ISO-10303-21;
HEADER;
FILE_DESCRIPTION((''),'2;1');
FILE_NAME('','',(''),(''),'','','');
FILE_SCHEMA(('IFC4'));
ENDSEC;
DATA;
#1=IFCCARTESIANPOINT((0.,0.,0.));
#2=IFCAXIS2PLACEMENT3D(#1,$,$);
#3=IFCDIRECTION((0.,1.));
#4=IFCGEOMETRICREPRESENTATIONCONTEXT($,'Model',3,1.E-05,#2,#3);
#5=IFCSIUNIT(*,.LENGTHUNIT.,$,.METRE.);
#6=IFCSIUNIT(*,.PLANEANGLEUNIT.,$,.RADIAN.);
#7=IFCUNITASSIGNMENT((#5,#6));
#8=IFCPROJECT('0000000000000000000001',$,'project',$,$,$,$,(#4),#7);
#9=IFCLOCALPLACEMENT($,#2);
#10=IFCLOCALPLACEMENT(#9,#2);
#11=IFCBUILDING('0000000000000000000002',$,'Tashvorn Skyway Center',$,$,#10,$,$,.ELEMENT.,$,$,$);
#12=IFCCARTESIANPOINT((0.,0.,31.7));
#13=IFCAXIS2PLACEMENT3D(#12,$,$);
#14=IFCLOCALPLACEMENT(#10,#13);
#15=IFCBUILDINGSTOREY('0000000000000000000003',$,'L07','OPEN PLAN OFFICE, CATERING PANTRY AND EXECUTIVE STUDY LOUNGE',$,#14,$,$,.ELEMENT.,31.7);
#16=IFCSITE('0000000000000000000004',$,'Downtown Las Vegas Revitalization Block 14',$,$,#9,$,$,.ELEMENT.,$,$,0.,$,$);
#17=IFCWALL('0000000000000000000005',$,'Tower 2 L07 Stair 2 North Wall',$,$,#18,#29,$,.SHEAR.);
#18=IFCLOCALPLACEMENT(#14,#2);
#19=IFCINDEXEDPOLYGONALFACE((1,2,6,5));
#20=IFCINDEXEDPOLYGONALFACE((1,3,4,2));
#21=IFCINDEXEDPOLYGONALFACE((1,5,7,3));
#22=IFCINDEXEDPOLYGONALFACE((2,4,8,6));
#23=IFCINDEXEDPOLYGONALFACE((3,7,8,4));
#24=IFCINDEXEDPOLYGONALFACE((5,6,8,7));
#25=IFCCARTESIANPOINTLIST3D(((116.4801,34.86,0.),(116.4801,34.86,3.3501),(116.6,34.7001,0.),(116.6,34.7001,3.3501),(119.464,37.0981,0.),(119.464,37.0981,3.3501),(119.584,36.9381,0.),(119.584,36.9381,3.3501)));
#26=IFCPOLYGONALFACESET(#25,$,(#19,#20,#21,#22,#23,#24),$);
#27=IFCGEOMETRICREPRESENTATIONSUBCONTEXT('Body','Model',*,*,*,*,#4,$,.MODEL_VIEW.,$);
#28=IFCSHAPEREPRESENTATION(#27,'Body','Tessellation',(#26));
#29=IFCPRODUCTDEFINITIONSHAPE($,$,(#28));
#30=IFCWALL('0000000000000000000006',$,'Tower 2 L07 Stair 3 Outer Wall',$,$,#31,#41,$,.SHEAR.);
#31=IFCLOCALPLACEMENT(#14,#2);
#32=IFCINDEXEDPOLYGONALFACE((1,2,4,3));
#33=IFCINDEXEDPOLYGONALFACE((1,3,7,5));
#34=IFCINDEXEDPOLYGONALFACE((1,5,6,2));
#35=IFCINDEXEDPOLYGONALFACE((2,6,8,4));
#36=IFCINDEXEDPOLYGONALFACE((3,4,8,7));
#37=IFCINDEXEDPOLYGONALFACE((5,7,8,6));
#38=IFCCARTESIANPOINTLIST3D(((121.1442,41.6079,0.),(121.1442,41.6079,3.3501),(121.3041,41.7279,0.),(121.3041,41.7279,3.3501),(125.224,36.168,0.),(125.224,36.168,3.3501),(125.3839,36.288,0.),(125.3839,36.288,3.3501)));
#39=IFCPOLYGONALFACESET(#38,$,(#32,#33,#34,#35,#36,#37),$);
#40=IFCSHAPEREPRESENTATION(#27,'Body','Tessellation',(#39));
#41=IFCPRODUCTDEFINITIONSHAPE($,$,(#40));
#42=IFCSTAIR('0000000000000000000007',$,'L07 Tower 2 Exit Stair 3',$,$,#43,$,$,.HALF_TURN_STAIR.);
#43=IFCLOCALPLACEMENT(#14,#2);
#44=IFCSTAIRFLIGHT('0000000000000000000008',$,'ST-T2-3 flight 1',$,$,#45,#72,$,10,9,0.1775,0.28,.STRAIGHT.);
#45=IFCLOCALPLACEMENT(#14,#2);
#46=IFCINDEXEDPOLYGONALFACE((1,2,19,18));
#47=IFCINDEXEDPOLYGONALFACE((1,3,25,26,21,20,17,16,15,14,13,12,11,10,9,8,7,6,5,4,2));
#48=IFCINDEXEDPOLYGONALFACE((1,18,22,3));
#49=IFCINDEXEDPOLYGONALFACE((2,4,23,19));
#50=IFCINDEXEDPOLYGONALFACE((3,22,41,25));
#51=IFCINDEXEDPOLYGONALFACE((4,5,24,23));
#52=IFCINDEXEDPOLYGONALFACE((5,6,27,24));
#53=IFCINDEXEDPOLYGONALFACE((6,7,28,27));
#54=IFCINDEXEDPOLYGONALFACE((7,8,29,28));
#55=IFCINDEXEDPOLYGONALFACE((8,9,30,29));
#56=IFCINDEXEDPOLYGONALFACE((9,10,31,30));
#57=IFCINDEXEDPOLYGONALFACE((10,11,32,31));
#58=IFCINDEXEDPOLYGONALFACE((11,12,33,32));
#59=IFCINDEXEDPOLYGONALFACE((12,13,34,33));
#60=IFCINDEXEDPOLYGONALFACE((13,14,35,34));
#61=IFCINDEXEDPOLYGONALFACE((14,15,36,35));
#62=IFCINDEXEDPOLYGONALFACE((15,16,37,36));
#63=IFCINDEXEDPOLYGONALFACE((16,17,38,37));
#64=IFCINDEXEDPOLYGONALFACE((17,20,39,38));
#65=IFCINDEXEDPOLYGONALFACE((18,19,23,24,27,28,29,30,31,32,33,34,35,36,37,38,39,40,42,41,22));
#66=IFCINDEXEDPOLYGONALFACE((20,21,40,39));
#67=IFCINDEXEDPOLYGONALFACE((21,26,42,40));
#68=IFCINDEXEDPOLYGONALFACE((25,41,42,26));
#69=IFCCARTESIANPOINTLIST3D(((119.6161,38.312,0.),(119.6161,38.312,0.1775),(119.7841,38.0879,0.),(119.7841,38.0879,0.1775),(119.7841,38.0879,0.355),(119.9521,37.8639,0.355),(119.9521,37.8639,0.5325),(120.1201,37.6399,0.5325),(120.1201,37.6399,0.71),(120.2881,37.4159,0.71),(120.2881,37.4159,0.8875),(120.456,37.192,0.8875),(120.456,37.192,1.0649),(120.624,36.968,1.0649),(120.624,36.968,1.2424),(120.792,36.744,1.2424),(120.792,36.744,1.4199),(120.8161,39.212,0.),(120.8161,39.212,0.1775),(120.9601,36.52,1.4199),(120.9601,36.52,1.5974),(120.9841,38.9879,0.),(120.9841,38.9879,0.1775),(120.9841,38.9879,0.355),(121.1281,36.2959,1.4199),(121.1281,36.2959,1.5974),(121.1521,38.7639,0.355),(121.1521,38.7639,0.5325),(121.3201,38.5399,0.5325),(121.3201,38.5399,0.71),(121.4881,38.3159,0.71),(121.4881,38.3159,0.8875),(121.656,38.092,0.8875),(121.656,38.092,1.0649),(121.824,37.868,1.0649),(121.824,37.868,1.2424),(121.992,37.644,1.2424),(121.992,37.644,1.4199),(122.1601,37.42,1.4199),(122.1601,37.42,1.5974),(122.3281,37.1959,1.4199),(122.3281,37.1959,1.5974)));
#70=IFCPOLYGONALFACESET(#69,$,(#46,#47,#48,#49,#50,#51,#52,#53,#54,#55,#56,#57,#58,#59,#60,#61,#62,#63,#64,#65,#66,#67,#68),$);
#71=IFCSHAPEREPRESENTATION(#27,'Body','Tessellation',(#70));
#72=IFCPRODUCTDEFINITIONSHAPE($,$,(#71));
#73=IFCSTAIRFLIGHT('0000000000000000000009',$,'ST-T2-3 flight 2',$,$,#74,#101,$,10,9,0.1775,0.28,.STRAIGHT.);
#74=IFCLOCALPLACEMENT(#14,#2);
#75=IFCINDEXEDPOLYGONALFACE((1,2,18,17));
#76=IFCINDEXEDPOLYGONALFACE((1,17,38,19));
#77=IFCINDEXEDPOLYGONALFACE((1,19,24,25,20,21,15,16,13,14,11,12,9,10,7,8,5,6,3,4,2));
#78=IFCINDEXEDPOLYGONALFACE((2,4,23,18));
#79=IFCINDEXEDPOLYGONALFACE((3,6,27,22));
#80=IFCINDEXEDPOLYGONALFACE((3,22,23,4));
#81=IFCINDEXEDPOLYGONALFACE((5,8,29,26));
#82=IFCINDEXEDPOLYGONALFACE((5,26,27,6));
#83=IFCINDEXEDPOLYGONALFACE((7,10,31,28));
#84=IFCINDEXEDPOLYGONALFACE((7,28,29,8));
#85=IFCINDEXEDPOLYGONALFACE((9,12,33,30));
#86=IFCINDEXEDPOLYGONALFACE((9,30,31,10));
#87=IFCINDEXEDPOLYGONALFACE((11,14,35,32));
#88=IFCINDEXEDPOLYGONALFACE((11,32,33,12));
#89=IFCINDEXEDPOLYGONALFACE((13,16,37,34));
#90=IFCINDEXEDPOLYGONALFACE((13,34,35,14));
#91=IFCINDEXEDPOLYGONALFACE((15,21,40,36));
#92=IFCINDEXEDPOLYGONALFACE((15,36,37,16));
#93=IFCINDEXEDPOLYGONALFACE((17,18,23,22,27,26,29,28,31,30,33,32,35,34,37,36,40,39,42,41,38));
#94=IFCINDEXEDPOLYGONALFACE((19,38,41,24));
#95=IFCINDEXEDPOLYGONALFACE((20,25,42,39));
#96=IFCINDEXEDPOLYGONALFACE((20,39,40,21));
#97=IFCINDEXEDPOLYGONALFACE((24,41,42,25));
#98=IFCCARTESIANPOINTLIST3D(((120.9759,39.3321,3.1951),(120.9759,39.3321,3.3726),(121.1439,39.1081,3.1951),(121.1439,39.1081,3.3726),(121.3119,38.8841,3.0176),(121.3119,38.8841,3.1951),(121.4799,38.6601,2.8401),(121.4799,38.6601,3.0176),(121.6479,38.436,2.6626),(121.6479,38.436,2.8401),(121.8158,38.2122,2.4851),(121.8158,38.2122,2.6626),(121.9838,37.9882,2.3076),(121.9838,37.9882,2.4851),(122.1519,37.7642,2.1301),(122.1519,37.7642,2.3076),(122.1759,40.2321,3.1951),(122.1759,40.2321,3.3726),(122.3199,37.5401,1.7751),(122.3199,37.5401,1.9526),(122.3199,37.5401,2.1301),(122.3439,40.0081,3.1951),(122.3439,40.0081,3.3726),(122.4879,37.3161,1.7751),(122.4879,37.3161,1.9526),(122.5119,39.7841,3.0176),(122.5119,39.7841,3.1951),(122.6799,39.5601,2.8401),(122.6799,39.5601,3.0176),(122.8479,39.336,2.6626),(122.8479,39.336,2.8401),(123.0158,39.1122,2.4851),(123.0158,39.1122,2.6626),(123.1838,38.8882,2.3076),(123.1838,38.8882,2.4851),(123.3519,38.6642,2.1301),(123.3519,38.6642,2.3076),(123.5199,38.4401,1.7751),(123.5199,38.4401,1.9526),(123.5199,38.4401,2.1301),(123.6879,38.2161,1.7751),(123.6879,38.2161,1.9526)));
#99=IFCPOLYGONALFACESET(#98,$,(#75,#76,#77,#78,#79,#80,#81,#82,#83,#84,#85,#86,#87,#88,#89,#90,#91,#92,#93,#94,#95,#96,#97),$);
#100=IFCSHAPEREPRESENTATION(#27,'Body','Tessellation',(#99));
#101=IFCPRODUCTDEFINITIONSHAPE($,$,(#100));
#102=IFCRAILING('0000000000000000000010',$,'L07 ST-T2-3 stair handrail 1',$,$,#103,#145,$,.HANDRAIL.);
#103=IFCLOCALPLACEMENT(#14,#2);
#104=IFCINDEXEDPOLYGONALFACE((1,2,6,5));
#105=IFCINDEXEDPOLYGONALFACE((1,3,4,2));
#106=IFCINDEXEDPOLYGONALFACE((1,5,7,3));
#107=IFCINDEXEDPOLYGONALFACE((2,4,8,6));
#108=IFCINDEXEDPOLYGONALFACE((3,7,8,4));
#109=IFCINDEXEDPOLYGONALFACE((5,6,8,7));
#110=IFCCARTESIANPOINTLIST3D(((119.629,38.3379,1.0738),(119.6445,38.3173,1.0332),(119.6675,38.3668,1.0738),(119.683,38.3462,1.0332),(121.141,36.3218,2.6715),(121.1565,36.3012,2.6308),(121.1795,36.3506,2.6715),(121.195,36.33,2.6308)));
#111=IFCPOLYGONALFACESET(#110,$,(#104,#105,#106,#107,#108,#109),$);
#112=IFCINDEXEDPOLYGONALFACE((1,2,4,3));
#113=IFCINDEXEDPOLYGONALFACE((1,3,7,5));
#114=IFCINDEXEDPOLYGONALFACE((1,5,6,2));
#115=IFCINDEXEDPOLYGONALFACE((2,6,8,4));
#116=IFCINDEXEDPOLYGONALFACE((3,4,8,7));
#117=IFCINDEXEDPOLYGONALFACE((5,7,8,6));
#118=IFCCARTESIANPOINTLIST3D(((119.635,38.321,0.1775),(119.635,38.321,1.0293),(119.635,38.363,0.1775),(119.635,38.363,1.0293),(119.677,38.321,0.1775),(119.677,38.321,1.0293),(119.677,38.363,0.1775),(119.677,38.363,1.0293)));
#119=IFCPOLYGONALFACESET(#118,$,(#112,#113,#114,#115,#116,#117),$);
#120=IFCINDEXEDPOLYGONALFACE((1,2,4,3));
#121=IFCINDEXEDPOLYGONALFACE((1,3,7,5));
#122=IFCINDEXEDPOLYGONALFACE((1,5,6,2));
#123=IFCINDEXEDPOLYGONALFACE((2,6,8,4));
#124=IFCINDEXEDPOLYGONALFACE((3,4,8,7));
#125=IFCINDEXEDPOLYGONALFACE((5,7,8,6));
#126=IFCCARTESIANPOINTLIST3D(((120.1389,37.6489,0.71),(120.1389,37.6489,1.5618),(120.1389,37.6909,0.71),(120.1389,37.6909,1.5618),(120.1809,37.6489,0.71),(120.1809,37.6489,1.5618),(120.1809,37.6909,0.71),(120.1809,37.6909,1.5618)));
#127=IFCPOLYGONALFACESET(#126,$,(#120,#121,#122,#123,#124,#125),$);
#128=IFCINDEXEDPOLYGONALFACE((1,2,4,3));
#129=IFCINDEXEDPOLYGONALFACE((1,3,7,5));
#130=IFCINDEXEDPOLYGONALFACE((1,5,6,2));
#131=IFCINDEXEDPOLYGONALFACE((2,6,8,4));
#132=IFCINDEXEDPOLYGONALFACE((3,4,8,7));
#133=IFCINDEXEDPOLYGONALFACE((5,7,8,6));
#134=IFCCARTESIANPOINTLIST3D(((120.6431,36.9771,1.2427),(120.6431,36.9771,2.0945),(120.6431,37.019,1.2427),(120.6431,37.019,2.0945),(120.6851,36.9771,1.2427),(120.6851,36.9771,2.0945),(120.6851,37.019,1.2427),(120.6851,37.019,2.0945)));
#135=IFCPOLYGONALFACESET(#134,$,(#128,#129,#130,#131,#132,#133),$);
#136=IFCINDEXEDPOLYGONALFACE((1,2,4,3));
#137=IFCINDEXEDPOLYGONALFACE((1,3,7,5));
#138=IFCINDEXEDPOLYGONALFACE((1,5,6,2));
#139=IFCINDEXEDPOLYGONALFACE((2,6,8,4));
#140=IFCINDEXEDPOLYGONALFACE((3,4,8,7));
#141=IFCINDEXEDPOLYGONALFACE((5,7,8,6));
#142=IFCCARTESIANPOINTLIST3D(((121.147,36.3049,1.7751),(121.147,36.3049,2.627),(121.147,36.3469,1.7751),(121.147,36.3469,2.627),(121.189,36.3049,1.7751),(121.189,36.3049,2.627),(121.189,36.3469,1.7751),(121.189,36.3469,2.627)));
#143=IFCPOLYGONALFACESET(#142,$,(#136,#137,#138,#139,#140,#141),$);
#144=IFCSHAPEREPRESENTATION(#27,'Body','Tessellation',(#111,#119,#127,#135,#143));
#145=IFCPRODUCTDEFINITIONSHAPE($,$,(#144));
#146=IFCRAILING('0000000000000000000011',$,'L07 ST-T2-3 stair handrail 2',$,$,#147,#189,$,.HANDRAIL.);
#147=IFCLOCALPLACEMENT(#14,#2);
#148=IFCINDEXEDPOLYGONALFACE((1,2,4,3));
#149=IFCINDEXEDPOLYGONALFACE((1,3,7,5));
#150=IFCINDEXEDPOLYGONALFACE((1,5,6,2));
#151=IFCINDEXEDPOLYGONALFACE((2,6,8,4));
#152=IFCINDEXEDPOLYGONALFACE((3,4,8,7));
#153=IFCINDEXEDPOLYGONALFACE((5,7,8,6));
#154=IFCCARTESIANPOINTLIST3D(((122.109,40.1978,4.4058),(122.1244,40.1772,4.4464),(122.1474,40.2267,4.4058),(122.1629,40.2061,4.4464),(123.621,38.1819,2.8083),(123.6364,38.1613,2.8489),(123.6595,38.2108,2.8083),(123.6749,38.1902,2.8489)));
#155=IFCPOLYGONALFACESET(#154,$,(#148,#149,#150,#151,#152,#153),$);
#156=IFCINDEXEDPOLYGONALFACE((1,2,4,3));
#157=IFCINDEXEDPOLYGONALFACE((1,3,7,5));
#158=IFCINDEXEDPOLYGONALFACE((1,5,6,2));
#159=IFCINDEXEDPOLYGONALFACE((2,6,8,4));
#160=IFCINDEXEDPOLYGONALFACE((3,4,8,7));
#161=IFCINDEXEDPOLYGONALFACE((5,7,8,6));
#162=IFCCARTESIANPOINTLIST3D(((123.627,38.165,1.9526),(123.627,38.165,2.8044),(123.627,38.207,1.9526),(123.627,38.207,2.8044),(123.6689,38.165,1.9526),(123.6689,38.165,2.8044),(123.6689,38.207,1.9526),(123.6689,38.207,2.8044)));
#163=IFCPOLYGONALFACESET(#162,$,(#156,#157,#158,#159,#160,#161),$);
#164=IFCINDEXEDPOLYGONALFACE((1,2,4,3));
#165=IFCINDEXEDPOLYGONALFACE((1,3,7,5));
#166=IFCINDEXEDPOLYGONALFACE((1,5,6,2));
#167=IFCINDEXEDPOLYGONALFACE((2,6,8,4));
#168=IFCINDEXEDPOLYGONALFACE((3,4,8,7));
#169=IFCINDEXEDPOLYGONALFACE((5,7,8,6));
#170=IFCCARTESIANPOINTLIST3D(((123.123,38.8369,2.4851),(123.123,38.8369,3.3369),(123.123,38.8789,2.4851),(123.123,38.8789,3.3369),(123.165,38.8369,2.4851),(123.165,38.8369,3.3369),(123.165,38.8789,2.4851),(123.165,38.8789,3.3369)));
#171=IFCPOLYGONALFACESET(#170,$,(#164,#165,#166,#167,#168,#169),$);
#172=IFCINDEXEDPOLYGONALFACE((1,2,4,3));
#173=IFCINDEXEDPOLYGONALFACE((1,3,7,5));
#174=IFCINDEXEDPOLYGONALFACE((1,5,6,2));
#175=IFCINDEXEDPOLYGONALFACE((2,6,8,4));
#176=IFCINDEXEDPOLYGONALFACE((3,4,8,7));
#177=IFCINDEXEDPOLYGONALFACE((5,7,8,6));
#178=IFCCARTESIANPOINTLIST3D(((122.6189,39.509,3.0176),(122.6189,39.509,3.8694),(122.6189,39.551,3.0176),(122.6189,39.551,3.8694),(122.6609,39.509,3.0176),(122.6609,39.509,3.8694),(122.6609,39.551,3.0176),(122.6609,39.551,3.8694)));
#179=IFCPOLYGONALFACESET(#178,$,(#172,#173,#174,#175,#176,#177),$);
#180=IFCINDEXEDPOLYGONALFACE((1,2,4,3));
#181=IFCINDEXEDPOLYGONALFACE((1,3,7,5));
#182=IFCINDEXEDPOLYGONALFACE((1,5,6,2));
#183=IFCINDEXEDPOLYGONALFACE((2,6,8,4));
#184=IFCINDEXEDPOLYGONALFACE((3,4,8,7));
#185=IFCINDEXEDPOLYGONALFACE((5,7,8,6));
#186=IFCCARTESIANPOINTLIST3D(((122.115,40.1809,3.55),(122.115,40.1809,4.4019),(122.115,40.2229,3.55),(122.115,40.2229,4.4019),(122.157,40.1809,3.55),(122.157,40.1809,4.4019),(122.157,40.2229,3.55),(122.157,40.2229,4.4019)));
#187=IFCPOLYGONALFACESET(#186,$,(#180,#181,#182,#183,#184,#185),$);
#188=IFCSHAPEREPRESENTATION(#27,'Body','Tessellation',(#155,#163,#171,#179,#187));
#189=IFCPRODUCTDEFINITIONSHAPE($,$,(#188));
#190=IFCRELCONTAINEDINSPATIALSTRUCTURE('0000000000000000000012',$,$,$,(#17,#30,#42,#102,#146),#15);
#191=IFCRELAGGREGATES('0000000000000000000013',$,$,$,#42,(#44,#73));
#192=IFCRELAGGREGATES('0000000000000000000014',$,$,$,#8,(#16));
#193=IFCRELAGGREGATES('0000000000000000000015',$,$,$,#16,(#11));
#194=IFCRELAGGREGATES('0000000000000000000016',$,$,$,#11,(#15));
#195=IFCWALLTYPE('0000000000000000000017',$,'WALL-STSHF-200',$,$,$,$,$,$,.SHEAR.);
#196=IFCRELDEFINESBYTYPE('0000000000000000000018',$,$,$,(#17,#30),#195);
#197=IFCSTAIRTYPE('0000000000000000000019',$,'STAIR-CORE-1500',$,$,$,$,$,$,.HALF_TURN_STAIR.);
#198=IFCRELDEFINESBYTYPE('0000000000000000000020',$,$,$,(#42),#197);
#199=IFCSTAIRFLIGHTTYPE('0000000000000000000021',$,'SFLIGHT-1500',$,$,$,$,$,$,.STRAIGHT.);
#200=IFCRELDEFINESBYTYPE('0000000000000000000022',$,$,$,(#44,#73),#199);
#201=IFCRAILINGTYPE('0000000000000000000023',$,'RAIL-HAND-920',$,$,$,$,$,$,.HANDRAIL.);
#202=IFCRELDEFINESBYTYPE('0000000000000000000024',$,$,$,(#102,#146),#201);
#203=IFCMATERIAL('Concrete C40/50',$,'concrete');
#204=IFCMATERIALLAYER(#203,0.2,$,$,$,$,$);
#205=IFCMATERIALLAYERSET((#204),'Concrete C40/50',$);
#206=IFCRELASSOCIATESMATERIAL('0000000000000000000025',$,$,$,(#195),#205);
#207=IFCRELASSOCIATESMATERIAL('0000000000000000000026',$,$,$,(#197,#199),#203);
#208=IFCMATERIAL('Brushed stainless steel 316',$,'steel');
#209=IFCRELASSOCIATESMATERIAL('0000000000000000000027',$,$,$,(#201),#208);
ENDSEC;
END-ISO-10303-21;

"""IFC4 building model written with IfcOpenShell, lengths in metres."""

from ifc_helpers import new_model, si_unit, direction, frame, frame_2d, origin, origin_2d, place, context, subcontext, project, spatial, polyline, rectangle, outline, extrude, material, layer, layer_set, type_object, element, aggregate, save


model = new_model("IFC4")

# Units and contexts
model_context = context("Model", 3, precision=1e-05, world=origin(), true_north=direction((0.0, 1.0)))
body_context = subcontext(model_context, "Body", "Model", "MODEL_VIEW")
ifc_project = project(units=[si_unit("LENGTHUNIT", "METRE"), si_unit("PLANEANGLEUNIT", "RADIAN")], contexts=[model_context])

# Site, building, storey
site_placement = place(None, origin())
site = spatial("IfcSite", under=ifc_project, at=site_placement, Name="Downtown Las Vegas Revitalization Block 14", CompositionType="ELEMENT", RefElevation=0.0)
building_placement = place(site_placement, origin())
building = spatial("IfcBuilding", under=site, at=building_placement, Name="Tashvorn Skyway Center", CompositionType="ELEMENT")
storey_placement = place(building_placement, frame((0.0, 0.0, 31.7)))
storey = spatial("IfcBuildingStorey", under=building, at=storey_placement, Name="L07", Description="OPEN PLAN OFFICE, CATERING PANTRY AND EXECUTIVE STUDY LOUNGE", CompositionType="ELEMENT", Elevation=31.7)

# Shared definitions
ifc_material_1 = material(Name="Concrete C40/50", Category="concrete")

# Shared definitions
ifc_layer_1 = layer(ifc_material_1, 0.2)
ifc_layer_set_1 = layer_set([ifc_layer_1], Name="Concrete C40/50")
wall_type_1 = type_object("IfcWallType", Name="WALL-STSHF-200", PredefinedType="SHEAR", material=ifc_layer_set_1)

# Walls
wall_1_placement = place(storey_placement, frame((116.54, 34.78, 0.0), z_axis=(0.0, 0.0, 1.0), x_axis=(0.799984, 0.600021, 0.0)))
element("IfcWall", 1, at=wall_1_placement, inside=storey, type_object=wall_type_1, Name="Tower 2 L07 Stair 2 North Wall", PredefinedType="SHEAR", context=body_context, shape_type="SweptSolid", body=[
    extrude(rectangle(XDim=3.73, YDim=0.2, at=frame_2d((1.865, 0.0))), origin(), (0.0, 0.0, 1.0), 3.3501),
])
wall_2_placement = place(storey_placement, frame((125.304, 36.228, 0.0), z_axis=(0.0, 0.0, 1.0), x_axis=(-0.599989, 0.800009, 0.0)))
element("IfcWall", 2, at=wall_2_placement, inside=storey, type_object=wall_type_1, Name="Tower 2 L07 Stair 3 Outer Wall", PredefinedType="SHEAR", context=body_context, shape_type="SweptSolid", body=[
    extrude(rectangle(XDim=6.7998, YDim=0.2, at=frame_2d((3.3999, 0.0))), origin(), (0.0, 0.0, 1.0), 3.3501),
])

# Stair, stair flights
stair_type = type_object("IfcStairType", Name="STAIR-CORE-1500", PredefinedType="HALF_TURN_STAIR", material=ifc_material_1)
stair_placement = place(storey_placement, origin())
stair = element("IfcStair", 3, at=stair_placement, inside=storey, type_object=stair_type, Name="L07 Tower 2 Exit Stair 3", PredefinedType="HALF_TURN_STAIR")
stair_flight_type = type_object("IfcStairFlightType", Name="SFLIGHT-1500", PredefinedType="STRAIGHT", material=ifc_material_1)
stair_flight_1_placement = place(storey_placement, frame((120.2161, 38.762, 0.0), z_axis=(0.0, 0.0, 1.0), x_axis=(0.6, -0.8, 0.0)))
stair_flight_1 = element("IfcStairFlight", 4, at=stair_flight_1_placement, type_object=stair_flight_type, Name="ST-T2-3 flight 1", NumberOfRisers=10, NumberOfTreads=9, PredefinedType="STRAIGHT", RiserHeight=0.1775, TreadLength=0.28, context=body_context, shape_type="SweptSolid", body=[
    extrude(outline(polyline([(0.0, 0.0), (0.0, 0.1775), (0.28, 0.1775), (0.28, 0.355), (0.5601, 0.355), (0.5601, 0.5325), (0.8401, 0.5325), (0.8401, 0.71), (1.1201, 0.71), (1.1201, 0.8875), (1.3999, 0.8875), (1.3999, 1.0649), (1.6799, 1.0649), (1.6799, 1.2424), (1.96, 1.2424), (1.96, 1.4199), (2.24, 1.4199), (2.24, 1.5974), (2.52, 1.5974), (2.52, 1.7749), (2.52, 1.4199), (0.28, 0.0), (0.0, 0.0)])), frame((0.0, 0.75, 0.0), z_axis=(0.0, -1.0, 0.0), x_axis=(1.0, 0.0, 0.0)), (0.0, 0.0, 1.0), 1.5),
])
stair_flight_2_placement = place(storey_placement, frame((123.0879, 37.7661, 1.7751), z_axis=(0.0, 0.0, 1.0), x_axis=(-0.6, 0.8, 0.0)))
stair_flight_2 = element("IfcStairFlight", 5, at=stair_flight_2_placement, type_object=stair_flight_type, Name="ST-T2-3 flight 2", NumberOfRisers=10, NumberOfTreads=9, PredefinedType="STRAIGHT", RiserHeight=0.1775, TreadLength=0.28, context=body_context, shape_type="SweptSolid", body=[
    extrude(outline(polyline([(0.0, 0.0), (0.0, 0.1775), (0.28, 0.1775), (0.28, 0.355), (0.5601, 0.355), (0.5601, 0.5325), (0.8401, 0.5325), (0.8401, 0.71), (1.1201, 0.71), (1.1201, 0.8875), (1.3999, 0.8875), (1.3999, 1.0649), (1.6799, 1.0649), (1.6799, 1.2424), (1.96, 1.2424), (1.96, 1.4199), (2.24, 1.4199), (2.24, 1.5974), (2.52, 1.5974), (2.52, 1.7749), (2.52, 1.4199), (0.28, 0.0), (0.0, 0.0)])), frame((0.0, 0.75, 0.0), z_axis=(0.0, -1.0, 0.0), x_axis=(1.0, 0.0, 0.0)), (0.0, 0.0, 1.0), 1.5),
])
aggregate(stair, [stair_flight_1, stair_flight_2])

# Railings
ifc_material_2 = material(Name="Brushed stainless steel 316", Category="steel")
railing_type_1 = type_object("IfcRailingType", Name="RAIL-HAND-920", PredefinedType="HANDRAIL", material=ifc_material_2)
railing_1_placement = place(storey_placement, frame((119.656, 38.342, 0.1775)))
element("IfcRailing", 6, at=railing_1_placement, inside=storey, type_object=railing_type_1, Name="L07 ST-T2-3 stair handrail 1", PredefinedType="HANDRAIL", context=body_context, shape_type="SweptSolid", body=[
    extrude(rectangle(XDim=0.0481, YDim=0.0481, at=origin_2d()), frame((0.0, 0.0, 0.876), z_axis=(0.506719, -0.675679, 0.535438), x_axis=(0.800023, 0.599969, 0.0)), (0.0, 0.0, 1.0), 2.9839),
    extrude(rectangle(XDim=0.042, YDim=0.042, at=origin_2d()), origin(), (0.0, 0.0, 1.0), 0.8518),
    extrude(rectangle(XDim=0.042, YDim=0.042, at=origin_2d()), frame((0.5039, -0.6721, 0.5325)), (0.0, 0.0, 1.0), 0.8518),
    extrude(rectangle(XDim=0.042, YDim=0.042, at=origin_2d()), frame((1.0081, -1.344, 1.0652)), (0.0, 0.0, 1.0), 0.8518),
    extrude(rectangle(XDim=0.042, YDim=0.042, at=origin_2d()), frame((1.512, -2.0161, 1.5977)), (0.0, 0.0, 1.0), 0.8518),
])
railing_2_placement = place(storey_placement, frame((123.6479, 38.186, 1.9526)))
element("IfcRailing", 7, at=railing_2_placement, inside=storey, type_object=railing_type_1, Name="L07 ST-T2-3 stair handrail 2", PredefinedType="HANDRAIL", context=body_context, shape_type="SweptSolid", body=[
    extrude(rectangle(XDim=0.0481, YDim=0.0481, at=origin_2d()), frame((0.0, 0.0, 0.876), z_axis=(-0.506769, 0.675664, 0.535409), x_axis=(-0.799988, -0.600016, 0.0)), (0.0, 0.0, 1.0), 2.9836),
    extrude(rectangle(XDim=0.042, YDim=0.042, at=origin_2d()), origin(), (0.0, 0.0, 1.0), 0.8518),
    extrude(rectangle(XDim=0.042, YDim=0.042, at=origin_2d()), frame((-0.5039, 0.6719, 0.5325)), (0.0, 0.0, 1.0), 0.8518),
    extrude(rectangle(XDim=0.042, YDim=0.042, at=origin_2d()), frame((-1.0081, 1.344, 1.0649)), (0.0, 0.0, 1.0), 0.8518),
    extrude(rectangle(XDim=0.042, YDim=0.042, at=origin_2d()), frame((-1.512, 2.0159, 1.5974)), (0.0, 0.0, 1.0), 0.8518),
])

save(model, "model.ifc")
